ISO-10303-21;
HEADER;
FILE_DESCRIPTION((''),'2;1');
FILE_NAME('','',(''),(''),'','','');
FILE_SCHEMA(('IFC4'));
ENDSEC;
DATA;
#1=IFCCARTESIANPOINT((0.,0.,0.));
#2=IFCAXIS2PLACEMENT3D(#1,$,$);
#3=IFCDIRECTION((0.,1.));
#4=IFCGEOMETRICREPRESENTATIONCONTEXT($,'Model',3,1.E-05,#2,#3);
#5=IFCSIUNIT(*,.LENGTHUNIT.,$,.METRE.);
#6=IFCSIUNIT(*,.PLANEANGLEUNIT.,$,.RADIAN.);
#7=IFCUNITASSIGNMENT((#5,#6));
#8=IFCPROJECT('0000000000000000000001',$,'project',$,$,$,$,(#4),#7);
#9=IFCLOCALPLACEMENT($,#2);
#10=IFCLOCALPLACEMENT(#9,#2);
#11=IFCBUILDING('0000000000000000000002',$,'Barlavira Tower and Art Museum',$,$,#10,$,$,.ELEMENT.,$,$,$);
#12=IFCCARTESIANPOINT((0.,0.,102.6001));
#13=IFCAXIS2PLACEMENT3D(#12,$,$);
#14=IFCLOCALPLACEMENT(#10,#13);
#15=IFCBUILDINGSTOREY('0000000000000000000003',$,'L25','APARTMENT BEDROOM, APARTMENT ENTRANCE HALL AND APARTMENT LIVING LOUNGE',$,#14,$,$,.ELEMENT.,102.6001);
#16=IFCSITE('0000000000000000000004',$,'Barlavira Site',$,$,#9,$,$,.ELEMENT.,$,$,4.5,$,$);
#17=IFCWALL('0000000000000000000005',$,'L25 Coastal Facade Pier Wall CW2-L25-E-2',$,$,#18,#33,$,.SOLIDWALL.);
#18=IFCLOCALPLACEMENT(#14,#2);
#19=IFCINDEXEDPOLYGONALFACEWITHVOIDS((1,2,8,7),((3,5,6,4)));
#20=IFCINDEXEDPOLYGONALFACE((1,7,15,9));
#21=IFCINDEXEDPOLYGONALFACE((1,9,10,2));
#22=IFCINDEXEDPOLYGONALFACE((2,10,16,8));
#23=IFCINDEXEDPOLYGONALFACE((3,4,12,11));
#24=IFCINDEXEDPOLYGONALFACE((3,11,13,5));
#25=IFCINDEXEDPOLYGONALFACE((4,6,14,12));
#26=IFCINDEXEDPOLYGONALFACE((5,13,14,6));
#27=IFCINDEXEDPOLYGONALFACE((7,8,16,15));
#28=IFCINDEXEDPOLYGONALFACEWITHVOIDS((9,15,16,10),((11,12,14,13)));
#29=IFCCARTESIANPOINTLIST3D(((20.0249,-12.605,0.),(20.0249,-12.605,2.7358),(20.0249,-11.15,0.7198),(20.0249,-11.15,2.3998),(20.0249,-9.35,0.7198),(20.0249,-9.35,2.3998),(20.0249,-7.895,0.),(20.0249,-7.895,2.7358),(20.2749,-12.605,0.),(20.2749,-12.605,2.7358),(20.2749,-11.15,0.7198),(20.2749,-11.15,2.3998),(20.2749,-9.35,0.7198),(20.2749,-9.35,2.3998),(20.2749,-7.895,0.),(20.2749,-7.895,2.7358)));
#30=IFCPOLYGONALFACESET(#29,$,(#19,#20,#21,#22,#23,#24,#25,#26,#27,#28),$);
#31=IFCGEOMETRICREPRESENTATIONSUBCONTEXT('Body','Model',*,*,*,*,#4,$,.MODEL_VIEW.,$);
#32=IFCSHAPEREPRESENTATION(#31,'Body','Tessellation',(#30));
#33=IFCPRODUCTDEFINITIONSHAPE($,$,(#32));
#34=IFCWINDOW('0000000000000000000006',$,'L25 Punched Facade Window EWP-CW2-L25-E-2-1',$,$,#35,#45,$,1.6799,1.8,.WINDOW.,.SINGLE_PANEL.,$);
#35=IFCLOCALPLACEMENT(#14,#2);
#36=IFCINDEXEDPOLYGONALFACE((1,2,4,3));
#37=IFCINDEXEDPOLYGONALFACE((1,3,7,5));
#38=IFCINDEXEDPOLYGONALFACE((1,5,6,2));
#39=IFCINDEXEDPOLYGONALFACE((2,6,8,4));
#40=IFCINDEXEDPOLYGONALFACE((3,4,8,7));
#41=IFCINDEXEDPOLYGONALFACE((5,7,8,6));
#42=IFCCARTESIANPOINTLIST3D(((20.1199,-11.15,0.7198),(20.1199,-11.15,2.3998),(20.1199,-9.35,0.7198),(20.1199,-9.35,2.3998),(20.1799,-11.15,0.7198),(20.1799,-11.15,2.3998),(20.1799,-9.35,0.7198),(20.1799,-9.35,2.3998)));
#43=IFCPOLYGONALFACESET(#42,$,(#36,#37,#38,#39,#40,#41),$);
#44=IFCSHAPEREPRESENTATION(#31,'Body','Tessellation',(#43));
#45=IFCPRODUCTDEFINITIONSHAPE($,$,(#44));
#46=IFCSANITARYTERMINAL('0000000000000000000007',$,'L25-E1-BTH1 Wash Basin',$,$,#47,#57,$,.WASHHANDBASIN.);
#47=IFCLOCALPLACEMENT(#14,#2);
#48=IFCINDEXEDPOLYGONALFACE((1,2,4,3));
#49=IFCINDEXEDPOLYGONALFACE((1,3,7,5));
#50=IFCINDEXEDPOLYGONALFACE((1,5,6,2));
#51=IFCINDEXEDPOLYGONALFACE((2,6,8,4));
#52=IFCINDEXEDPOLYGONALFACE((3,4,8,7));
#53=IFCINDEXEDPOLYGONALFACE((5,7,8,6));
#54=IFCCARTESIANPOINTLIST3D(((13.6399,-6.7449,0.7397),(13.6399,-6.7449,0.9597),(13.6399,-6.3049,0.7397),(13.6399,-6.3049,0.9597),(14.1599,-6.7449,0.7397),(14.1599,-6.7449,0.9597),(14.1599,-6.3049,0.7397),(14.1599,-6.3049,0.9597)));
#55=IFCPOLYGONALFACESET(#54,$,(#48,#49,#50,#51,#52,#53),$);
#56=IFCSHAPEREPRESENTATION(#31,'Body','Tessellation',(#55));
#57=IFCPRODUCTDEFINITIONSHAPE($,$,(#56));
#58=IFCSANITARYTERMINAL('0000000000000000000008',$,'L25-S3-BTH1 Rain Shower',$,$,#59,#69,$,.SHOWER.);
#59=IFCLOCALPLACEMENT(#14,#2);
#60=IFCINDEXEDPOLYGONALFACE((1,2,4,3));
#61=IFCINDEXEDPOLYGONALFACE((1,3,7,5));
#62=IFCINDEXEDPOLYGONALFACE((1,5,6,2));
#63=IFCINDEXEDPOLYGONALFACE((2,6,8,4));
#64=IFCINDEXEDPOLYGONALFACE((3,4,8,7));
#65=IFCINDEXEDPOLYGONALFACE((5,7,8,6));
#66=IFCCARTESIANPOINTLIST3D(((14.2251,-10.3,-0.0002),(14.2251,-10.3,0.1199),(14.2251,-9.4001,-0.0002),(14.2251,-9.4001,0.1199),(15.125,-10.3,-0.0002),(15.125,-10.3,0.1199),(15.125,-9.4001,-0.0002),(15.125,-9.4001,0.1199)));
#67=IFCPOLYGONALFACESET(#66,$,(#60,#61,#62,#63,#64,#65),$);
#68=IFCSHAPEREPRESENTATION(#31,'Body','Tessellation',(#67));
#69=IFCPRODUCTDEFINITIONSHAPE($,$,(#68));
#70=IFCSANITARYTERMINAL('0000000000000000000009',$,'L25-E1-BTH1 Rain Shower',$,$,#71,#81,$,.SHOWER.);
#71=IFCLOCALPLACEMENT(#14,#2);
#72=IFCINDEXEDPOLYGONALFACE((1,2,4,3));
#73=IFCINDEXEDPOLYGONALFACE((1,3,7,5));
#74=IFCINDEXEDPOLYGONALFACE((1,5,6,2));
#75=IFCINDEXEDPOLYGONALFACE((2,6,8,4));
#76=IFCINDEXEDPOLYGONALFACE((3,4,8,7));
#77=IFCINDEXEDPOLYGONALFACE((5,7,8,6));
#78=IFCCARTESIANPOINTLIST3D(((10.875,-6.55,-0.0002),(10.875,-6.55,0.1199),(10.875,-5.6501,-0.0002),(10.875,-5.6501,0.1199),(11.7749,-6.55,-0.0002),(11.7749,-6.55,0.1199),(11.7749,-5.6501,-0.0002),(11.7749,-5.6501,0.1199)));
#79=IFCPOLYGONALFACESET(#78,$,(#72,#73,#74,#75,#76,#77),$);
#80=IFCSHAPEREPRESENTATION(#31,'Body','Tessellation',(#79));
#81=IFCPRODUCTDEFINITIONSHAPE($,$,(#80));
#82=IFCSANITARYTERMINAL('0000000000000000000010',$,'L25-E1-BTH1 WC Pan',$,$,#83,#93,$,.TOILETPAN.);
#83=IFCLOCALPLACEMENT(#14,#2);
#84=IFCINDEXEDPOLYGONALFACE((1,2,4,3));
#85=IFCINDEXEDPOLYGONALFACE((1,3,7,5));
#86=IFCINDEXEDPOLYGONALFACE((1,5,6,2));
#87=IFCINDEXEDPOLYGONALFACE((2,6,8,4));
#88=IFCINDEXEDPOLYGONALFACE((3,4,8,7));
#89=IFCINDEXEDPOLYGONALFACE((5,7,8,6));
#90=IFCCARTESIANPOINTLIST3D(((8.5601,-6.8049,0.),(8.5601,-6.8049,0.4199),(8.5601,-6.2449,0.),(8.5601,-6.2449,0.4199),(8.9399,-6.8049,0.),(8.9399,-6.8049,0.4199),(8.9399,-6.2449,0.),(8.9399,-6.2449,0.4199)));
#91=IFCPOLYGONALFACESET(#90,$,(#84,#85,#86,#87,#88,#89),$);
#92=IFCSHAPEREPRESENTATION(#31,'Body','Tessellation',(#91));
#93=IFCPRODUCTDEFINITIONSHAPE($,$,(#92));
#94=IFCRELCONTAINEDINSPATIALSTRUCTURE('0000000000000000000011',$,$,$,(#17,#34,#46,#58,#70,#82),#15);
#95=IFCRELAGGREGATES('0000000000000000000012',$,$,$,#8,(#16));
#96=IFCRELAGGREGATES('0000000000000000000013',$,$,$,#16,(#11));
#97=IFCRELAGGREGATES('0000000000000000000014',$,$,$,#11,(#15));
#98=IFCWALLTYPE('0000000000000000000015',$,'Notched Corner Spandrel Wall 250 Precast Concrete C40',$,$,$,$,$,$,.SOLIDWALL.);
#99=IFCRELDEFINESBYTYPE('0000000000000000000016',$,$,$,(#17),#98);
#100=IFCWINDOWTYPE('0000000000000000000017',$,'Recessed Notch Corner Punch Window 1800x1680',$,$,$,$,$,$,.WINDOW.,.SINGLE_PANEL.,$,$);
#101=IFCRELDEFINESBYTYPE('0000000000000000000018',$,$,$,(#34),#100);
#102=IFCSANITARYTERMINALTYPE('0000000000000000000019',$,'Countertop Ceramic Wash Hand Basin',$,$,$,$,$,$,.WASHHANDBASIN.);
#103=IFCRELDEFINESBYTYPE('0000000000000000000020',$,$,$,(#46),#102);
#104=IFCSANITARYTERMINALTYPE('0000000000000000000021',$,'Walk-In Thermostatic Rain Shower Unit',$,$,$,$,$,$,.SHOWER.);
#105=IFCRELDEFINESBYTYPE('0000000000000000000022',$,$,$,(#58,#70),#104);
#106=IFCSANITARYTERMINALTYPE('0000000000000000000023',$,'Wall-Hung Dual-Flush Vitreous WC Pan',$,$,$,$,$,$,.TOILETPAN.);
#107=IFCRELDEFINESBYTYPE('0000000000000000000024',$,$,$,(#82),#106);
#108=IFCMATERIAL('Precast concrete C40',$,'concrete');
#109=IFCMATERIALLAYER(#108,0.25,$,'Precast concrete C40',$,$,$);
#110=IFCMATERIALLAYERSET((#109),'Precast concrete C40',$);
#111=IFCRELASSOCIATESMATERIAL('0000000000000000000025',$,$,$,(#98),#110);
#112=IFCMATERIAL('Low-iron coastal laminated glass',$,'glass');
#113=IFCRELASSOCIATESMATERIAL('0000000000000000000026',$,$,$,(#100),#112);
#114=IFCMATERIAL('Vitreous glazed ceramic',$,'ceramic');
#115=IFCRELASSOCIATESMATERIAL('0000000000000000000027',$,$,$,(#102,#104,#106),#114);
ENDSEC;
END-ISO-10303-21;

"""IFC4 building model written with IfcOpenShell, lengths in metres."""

from ifc_helpers import new_model, si_unit, direction, frame, frame_2d, origin, origin_2d, place, context, subcontext, project, spatial, rectangle, extrude, material, layer, layer_set, type_object, element, fill, save


model = new_model("IFC4")

# Units and contexts
model_context = context("Model", 3, precision=1e-05, world=origin(), true_north=direction((0.0, 1.0)))
body_context = subcontext(model_context, "Body", "Model", "MODEL_VIEW")
ifc_project = project(units=[si_unit("LENGTHUNIT", "METRE"), si_unit("PLANEANGLEUNIT", "RADIAN")], contexts=[model_context])

# Site, building, storey
site_placement = place(None, origin())
site = spatial("IfcSite", under=ifc_project, at=site_placement, Name="Barlavira Site", CompositionType="ELEMENT", RefElevation=4.5)
building_placement = place(site_placement, origin())
building = spatial("IfcBuilding", under=site, at=building_placement, Name="Barlavira Tower and Art Museum", CompositionType="ELEMENT")
storey_placement = place(building_placement, frame((0.0, 0.0, 102.6001)))
storey = spatial("IfcBuildingStorey", under=building, at=storey_placement, Name="L25", Description="APARTMENT BEDROOM, APARTMENT ENTRANCE HALL AND APARTMENT LIVING LOUNGE", CompositionType="ELEMENT", Elevation=102.6001)

# Shared definitions
ifc_material_1 = material(Name="Low-iron coastal laminated glass", Category="glass")

# Wall, opening, window
ifc_material_2 = material(Name="Precast concrete C40", Category="concrete")
ifc_layer_1 = layer(ifc_material_2, 0.25, Name="Precast concrete C40")
ifc_layer_set_1 = layer_set([ifc_layer_1], Name="Precast concrete C40")
wall_type_1 = type_object("IfcWallType", Name="Notched Corner Spandrel Wall 250 Precast Concrete C40", PredefinedType="SOLIDWALL", material=ifc_layer_set_1)
wall_1_placement = place(storey_placement, frame((20.1499, -12.605, 0.0), z_axis=(0.0, 0.0, 1.0), x_axis=(0.0, 1.0, 0.0)))
wall_1 = element("IfcWall", 1, at=wall_1_placement, inside=storey, type_object=wall_type_1, Name="L25 Coastal Facade Pier Wall CW2-L25-E-2", PredefinedType="SOLIDWALL", context=body_context, shape_type="SweptSolid", body=[
    extrude(rectangle(XDim=4.71, YDim=0.25, at=frame_2d((2.355, 0.0))), origin(), (0.0, 0.0, 1.0), 2.7358),
])
opening_1_placement = place(wall_1_placement, frame((1.4551, 0.0, 0.72)))
opening_1 = element("IfcOpeningElement", 2, at=opening_1_placement, cuts=wall_1, PredefinedType="OPENING", context=body_context, shape_type="SweptSolid", body=[
    extrude(rectangle(XDim=1.8, YDim=1.6799, at=frame_2d((0.8999, 0.8398))), frame((0.0, 0.135, 0.0), z_axis=(0.0, -1.0, 0.0), x_axis=(1.0, 0.0, 0.0)), (0.0, 0.0, 1.0), 0.27),
])
window_type = type_object("IfcWindowType", Name="Recessed Notch Corner Punch Window 1800x1680", PartitioningType="SINGLE_PANEL", PredefinedType="WINDOW", material=ifc_material_1)
window_placement = place(opening_1_placement, origin())
window = element("IfcWindow", 3, at=window_placement, inside=storey, type_object=window_type, Name="L25 Punched Facade Window EWP-CW2-L25-E-2-1", OverallHeight=1.6799, OverallWidth=1.8, PartitioningType="SINGLE_PANEL", PredefinedType="WINDOW", context=body_context, shape_type="SweptSolid", body=[
    extrude(rectangle(XDim=1.8, YDim=1.6799, at=frame_2d((0.8999, 0.8398))), frame((0.0, 0.03, 0.0), z_axis=(0.0, -1.0, 0.0), x_axis=(1.0, 0.0, 0.0)), (0.0, 0.0, 1.0), 0.0601),
])
fill(opening_1, window)

# Sanitary terminals
ifc_material_3 = material(Name="Vitreous glazed ceramic", Category="ceramic")
sanitary_terminal_type_1 = type_object("IfcSanitaryTerminalType", Name="Countertop Ceramic Wash Hand Basin", PredefinedType="WASHHANDBASIN", material=ifc_material_3)
sanitary_terminal_1_placement = place(storey_placement, frame((13.8999, -6.5249, 0.7397), z_axis=(0.0, 0.0, 1.0), x_axis=(1.0, 0.0, 0.0)))
element("IfcSanitaryTerminal", 4, at=sanitary_terminal_1_placement, inside=storey, type_object=sanitary_terminal_type_1, Name="L25-E1-BTH1 Wash Basin", PredefinedType="WASHHANDBASIN", context=body_context, shape_type="SweptSolid", body=[
    extrude(rectangle(XDim=0.52, YDim=0.4399, at=origin_2d()), origin(), (0.0, 0.0, 1.0), 0.22),
])
sanitary_terminal_type_2 = type_object("IfcSanitaryTerminalType", Name="Walk-In Thermostatic Rain Shower Unit", PredefinedType="SHOWER", material=ifc_material_3)
for number, where, z_axis, x_axis, name in (
    (5, (14.675, -9.8501, -0.0002), (0.0, 0.0, 1.0), (1.0, 0.0, 0.0), "L25-S3-BTH1 Rain Shower"),
    (6, (11.325, -6.1001, -0.0002), (0.0, 0.0, 1.0), (1.0, 0.0, 0.0), "L25-E1-BTH1 Rain Shower"),
):
    element("IfcSanitaryTerminal", number, at=place(storey_placement, frame(where, z_axis=z_axis, x_axis=x_axis)), inside=storey, type_object=sanitary_terminal_type_2, Name=name, PredefinedType="SHOWER", context=body_context, shape_type="SweptSolid", body=[
        extrude(rectangle(XDim=0.8999, YDim=0.8999, at=origin_2d()), origin(), (0.0, 0.0, 1.0), 0.1201),
    ])
sanitary_terminal_type_3 = type_object("IfcSanitaryTerminalType", Name="Wall-Hung Dual-Flush Vitreous WC Pan", PredefinedType="TOILETPAN", material=ifc_material_3)
sanitary_terminal_2_placement = place(storey_placement, frame((8.75, -6.5249, 0.0), z_axis=(0.0, 0.0, 1.0), x_axis=(1.0, 0.0, 0.0)))
element("IfcSanitaryTerminal", 7, at=sanitary_terminal_2_placement, inside=storey, type_object=sanitary_terminal_type_3, Name="L25-E1-BTH1 WC Pan", PredefinedType="TOILETPAN", context=body_context, shape_type="SweptSolid", body=[
    extrude(rectangle(XDim=0.3799, YDim=0.5601, at=origin_2d()), origin(), (0.0, 0.0, 1.0), 0.4199),
])

save(model, "model.ifc")
